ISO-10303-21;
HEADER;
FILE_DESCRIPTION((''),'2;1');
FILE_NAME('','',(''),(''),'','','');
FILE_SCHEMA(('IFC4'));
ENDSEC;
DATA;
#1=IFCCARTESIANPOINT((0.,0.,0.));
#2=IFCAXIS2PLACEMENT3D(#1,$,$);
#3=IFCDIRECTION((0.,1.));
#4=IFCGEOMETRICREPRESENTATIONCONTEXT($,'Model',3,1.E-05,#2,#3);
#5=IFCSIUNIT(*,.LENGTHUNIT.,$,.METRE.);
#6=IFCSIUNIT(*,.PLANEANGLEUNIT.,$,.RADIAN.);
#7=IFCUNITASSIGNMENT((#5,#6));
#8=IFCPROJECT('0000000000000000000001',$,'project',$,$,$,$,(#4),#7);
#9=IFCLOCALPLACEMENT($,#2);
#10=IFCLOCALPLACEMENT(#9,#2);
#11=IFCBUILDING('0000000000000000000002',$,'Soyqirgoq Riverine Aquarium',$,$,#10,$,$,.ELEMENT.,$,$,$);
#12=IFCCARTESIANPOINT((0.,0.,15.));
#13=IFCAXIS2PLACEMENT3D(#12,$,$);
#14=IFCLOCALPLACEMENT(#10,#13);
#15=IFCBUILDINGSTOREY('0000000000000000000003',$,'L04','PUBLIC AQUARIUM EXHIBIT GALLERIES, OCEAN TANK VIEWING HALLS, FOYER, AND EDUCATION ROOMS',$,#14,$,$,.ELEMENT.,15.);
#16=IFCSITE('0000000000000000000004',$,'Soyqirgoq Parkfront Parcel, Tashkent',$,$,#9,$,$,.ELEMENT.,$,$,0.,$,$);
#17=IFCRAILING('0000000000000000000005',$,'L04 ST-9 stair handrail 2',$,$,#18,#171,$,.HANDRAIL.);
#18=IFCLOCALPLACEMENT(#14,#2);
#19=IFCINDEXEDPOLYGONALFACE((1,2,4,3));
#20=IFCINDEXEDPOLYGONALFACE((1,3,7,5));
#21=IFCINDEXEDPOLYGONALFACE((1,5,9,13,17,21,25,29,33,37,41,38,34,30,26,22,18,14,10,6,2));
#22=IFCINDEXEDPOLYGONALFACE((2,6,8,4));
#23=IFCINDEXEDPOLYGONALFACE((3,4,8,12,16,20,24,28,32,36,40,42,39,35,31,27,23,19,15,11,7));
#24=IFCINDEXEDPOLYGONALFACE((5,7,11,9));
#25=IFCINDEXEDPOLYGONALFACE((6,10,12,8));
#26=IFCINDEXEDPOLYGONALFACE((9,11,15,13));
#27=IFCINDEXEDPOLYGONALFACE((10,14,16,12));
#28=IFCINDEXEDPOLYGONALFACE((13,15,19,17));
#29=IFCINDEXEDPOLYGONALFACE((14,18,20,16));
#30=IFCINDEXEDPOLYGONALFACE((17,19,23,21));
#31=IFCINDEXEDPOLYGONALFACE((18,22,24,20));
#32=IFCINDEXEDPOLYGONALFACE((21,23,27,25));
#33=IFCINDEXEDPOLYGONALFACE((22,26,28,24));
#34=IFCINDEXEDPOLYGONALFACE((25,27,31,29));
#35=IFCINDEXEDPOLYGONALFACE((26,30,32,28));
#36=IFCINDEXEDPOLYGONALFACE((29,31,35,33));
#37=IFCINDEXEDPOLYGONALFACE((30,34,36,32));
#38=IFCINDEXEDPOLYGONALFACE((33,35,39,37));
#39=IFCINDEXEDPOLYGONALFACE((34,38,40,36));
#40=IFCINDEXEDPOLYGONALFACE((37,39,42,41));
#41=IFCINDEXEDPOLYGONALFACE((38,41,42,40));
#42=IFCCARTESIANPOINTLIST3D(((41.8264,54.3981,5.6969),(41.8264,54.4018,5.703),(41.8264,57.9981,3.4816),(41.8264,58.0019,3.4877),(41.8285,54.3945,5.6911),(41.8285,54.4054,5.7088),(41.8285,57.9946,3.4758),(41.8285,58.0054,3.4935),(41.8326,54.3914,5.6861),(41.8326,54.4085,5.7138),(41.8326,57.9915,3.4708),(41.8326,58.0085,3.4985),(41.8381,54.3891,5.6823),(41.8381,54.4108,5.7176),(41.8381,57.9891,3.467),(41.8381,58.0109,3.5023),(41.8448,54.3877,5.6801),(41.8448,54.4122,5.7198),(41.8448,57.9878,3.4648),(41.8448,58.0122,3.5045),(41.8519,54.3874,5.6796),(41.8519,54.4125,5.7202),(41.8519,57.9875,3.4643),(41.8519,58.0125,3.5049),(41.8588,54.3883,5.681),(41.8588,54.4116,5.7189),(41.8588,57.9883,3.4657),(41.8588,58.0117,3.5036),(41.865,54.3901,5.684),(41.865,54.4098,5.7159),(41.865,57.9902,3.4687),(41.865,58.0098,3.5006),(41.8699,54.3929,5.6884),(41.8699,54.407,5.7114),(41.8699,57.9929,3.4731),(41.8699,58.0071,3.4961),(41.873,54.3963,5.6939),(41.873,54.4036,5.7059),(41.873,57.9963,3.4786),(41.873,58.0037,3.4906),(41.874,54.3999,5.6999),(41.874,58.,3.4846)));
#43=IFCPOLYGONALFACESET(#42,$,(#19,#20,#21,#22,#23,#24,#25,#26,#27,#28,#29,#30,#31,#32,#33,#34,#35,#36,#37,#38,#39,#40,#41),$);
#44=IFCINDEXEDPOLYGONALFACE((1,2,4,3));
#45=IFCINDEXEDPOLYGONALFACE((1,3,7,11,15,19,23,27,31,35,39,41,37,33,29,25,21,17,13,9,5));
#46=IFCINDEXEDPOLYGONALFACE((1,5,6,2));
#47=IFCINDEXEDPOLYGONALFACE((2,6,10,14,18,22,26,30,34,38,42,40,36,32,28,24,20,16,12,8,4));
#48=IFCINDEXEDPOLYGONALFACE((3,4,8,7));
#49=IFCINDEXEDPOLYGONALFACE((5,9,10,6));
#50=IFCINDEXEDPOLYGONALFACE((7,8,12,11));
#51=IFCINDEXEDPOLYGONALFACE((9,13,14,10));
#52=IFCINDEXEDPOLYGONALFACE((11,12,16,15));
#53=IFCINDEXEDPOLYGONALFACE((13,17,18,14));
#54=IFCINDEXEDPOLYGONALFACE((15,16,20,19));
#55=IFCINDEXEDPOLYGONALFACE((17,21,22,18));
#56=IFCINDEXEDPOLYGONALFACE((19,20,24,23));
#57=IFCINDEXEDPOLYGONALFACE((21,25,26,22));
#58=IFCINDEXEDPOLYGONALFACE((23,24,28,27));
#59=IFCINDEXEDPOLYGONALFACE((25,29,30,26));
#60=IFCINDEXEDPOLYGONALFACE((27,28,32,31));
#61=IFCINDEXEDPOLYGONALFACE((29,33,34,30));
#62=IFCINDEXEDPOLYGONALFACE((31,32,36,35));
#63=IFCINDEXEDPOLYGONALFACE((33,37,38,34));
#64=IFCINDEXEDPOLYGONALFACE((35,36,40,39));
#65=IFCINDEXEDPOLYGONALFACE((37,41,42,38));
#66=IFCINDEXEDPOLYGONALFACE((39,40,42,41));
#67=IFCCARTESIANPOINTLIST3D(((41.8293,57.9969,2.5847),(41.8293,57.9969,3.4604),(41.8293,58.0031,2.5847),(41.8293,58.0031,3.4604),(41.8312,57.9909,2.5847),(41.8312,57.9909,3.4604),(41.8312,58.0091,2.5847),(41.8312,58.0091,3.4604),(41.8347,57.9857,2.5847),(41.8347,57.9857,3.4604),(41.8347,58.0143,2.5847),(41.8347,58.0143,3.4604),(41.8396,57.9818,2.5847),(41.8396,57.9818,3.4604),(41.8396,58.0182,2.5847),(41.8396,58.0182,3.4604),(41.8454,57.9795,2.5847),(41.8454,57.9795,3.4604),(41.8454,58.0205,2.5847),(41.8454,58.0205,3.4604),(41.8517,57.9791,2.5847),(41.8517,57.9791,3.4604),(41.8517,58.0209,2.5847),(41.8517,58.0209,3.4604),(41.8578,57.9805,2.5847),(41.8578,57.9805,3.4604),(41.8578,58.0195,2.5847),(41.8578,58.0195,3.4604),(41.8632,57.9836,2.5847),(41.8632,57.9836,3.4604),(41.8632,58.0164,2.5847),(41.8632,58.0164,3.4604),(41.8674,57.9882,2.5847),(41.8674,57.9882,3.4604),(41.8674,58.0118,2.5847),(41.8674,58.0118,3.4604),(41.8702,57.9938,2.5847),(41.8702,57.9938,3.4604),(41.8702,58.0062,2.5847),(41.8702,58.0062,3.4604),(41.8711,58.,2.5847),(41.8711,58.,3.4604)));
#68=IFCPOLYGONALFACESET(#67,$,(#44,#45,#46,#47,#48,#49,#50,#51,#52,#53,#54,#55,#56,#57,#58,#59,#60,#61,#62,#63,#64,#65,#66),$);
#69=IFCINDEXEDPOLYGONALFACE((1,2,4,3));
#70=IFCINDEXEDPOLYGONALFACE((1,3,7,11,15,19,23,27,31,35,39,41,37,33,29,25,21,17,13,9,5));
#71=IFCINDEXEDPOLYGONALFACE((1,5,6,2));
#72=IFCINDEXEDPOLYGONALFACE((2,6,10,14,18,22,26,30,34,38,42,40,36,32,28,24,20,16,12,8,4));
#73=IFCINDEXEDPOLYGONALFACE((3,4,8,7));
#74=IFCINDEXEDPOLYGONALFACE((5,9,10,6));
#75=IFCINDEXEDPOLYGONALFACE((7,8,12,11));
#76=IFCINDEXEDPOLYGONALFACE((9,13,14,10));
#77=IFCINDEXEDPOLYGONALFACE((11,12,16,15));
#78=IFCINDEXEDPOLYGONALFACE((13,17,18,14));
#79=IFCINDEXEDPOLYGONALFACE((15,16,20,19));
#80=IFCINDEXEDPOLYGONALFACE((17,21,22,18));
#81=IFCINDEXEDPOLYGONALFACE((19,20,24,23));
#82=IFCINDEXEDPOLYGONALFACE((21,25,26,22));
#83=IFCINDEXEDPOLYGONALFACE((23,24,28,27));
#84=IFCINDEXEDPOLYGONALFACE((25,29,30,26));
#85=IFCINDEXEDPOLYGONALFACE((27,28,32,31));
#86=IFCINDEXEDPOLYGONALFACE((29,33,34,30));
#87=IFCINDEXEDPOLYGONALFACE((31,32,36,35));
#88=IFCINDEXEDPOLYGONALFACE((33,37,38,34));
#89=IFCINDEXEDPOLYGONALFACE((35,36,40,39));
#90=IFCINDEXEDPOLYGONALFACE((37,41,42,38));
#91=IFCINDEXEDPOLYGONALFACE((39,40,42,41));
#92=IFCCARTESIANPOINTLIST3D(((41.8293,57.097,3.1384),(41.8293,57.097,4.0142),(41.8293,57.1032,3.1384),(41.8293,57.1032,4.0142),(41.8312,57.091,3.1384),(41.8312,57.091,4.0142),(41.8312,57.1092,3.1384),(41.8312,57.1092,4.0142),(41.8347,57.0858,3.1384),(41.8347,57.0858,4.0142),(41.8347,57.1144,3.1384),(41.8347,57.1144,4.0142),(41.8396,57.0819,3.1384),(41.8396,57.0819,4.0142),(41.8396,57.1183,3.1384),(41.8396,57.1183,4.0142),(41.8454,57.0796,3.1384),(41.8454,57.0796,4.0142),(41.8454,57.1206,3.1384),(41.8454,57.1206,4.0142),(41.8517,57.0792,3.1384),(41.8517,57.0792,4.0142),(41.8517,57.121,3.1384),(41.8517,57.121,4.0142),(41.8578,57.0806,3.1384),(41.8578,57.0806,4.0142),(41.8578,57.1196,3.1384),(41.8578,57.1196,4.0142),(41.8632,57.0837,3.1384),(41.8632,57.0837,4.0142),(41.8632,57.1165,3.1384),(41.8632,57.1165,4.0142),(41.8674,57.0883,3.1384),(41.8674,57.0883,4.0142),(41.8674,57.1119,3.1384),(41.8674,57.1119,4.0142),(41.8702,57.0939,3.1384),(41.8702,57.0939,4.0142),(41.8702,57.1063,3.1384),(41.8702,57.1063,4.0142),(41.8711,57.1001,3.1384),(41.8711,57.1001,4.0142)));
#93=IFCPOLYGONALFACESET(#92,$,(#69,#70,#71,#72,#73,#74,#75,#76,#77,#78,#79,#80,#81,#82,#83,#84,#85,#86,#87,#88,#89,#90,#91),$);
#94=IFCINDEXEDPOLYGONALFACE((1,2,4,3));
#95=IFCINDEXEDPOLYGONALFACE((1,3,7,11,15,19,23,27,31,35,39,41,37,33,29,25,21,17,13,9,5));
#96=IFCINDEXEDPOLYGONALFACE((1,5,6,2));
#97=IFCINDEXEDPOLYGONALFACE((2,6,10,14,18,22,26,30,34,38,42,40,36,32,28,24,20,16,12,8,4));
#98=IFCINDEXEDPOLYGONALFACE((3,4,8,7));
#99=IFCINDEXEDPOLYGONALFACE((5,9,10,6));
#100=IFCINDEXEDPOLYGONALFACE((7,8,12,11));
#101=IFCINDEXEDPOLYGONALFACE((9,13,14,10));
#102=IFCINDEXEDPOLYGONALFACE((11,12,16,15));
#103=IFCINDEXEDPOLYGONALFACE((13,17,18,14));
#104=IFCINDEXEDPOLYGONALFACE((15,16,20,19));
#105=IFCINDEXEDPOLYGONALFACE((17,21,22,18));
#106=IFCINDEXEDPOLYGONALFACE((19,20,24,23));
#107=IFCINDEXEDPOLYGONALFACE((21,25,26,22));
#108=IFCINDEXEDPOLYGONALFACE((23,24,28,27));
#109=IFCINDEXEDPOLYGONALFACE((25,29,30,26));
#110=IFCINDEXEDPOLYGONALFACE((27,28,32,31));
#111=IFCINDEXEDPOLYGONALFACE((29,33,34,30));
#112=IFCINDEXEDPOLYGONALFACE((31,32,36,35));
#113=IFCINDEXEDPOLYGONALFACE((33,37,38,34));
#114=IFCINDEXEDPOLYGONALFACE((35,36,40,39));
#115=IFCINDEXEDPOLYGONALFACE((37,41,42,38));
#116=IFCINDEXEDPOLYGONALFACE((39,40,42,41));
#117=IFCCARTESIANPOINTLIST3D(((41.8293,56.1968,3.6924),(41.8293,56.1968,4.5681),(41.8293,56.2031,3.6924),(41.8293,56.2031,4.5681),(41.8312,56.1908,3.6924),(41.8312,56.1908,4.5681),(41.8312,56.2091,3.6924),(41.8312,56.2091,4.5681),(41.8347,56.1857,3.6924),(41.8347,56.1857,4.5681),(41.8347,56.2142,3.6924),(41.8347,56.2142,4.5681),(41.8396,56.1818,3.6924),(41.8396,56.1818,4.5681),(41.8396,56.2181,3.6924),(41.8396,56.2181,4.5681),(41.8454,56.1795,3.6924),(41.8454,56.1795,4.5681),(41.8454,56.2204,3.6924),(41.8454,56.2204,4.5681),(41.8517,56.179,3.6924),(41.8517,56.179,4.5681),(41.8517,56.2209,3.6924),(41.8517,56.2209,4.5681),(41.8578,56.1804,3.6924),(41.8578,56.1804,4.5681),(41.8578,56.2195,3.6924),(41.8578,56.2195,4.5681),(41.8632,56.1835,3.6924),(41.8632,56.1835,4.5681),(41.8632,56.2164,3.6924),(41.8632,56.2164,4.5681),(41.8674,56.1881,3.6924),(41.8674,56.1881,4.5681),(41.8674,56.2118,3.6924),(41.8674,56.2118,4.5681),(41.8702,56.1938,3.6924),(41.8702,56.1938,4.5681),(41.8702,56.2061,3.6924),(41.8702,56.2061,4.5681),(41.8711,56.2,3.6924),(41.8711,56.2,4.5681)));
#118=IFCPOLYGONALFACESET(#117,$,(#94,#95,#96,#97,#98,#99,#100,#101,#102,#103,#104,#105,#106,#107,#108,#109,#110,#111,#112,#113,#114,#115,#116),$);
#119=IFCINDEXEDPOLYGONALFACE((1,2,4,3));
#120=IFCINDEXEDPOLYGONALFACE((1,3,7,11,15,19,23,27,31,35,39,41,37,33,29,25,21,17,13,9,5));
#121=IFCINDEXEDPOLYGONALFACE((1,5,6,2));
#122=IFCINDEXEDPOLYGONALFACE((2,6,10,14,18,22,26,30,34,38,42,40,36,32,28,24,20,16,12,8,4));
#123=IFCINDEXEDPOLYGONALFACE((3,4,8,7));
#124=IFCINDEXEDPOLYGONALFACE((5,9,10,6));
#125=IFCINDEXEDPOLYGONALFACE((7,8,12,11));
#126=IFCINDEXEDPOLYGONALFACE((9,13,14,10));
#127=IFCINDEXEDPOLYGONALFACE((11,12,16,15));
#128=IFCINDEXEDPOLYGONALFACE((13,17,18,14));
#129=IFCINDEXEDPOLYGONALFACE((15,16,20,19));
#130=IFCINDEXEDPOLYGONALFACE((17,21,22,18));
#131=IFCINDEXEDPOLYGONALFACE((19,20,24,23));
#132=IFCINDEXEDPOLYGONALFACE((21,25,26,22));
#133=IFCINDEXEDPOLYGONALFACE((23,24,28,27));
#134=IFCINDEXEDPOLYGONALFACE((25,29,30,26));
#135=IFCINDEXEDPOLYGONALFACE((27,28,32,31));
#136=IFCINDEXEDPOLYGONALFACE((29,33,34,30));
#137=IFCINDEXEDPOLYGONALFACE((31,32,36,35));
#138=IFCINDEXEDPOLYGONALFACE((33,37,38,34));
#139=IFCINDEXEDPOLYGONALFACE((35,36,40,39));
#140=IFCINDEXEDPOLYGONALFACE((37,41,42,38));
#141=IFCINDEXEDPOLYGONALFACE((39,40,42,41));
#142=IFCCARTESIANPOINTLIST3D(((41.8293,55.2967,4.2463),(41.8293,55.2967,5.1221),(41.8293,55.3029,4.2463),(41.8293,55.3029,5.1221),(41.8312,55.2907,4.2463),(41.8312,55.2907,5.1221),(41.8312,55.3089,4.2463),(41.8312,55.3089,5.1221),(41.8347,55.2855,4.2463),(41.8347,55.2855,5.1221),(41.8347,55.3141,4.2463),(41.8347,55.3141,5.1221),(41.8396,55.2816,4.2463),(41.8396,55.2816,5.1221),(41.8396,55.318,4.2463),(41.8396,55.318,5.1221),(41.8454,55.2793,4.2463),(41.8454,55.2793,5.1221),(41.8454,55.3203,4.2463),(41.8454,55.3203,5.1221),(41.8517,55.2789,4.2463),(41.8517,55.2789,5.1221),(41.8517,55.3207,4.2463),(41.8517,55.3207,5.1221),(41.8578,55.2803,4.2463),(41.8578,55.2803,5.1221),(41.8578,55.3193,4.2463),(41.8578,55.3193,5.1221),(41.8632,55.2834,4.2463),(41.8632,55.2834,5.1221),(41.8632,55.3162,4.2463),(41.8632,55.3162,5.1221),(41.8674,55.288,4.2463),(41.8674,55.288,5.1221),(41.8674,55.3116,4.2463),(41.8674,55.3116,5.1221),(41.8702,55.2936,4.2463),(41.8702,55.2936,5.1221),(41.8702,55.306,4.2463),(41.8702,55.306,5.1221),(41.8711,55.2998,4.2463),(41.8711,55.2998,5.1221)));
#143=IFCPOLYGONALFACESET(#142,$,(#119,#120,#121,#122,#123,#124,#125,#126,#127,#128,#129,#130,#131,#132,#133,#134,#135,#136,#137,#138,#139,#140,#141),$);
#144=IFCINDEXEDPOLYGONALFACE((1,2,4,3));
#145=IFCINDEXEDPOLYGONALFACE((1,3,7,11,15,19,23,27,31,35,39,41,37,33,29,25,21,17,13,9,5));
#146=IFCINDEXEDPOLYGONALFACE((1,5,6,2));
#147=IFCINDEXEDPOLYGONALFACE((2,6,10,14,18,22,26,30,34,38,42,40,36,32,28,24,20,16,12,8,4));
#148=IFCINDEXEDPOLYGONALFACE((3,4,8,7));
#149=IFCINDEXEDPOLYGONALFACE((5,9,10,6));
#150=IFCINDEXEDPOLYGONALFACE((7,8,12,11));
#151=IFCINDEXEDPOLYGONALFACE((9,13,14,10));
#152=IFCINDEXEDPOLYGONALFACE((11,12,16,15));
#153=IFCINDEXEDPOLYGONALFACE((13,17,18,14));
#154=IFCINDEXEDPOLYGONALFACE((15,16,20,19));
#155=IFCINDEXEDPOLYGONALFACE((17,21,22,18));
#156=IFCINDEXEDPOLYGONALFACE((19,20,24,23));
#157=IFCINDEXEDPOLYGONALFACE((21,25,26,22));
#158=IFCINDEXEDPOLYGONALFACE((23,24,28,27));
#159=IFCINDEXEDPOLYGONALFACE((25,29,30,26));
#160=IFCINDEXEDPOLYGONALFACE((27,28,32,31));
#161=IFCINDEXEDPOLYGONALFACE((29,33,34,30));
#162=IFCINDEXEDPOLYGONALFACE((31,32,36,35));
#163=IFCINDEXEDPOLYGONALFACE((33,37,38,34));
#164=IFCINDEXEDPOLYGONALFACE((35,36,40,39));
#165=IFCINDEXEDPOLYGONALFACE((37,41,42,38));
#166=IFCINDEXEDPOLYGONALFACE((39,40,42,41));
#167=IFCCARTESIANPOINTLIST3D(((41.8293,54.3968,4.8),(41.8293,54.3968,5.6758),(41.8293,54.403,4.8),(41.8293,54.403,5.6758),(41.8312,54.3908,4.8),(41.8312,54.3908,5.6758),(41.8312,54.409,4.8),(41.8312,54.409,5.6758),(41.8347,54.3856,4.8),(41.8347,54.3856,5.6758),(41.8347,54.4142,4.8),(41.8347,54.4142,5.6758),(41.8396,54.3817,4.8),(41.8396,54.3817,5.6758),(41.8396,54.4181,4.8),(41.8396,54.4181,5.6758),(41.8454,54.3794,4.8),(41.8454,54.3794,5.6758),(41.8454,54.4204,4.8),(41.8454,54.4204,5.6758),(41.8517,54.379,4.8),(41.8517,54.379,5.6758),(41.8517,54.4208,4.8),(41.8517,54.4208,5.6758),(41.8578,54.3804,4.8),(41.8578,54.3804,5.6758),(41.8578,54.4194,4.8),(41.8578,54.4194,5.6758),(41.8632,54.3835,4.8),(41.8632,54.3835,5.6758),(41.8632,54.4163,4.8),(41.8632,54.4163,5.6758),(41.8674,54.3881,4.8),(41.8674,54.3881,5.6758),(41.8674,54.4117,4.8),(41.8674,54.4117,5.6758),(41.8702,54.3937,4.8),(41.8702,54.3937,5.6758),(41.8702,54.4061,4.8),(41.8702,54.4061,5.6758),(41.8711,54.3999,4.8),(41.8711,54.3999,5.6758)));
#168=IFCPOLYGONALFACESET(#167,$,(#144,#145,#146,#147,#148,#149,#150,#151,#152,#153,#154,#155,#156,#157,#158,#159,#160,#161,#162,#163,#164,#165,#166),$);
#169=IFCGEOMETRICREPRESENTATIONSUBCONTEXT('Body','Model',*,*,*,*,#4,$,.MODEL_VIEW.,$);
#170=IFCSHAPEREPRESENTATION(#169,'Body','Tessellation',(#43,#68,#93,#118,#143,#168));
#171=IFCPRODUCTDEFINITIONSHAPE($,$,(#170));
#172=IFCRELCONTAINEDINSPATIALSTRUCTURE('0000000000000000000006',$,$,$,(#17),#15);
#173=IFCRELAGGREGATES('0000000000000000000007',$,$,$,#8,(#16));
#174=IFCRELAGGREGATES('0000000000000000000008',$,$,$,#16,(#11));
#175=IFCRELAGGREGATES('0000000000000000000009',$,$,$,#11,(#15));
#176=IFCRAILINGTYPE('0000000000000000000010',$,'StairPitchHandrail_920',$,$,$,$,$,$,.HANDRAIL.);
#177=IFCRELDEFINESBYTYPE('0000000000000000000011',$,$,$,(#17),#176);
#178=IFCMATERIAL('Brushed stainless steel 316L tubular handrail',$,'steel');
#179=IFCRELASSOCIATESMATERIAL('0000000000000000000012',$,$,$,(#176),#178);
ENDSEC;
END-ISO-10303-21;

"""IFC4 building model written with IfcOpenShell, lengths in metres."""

from ifc_helpers import new_model, si_unit, direction, frame, origin, origin_2d, place, context, subcontext, project, spatial, circle, extrude, material, type_object, element, save


model = new_model("IFC4")

# Units and contexts
model_context = context("Model", 3, precision=1e-05, world=origin(), true_north=direction((0.0, 1.0)))
body_context = subcontext(model_context, "Body", "Model", "MODEL_VIEW")
ifc_project = project(units=[si_unit("LENGTHUNIT", "METRE"), si_unit("PLANEANGLEUNIT", "RADIAN")], contexts=[model_context])

# Site, building, storey
site_placement = place(None, origin())
site = spatial("IfcSite", under=ifc_project, at=site_placement, Name="Soyqirgoq Parkfront Parcel, Tashkent", CompositionType="ELEMENT", RefElevation=0.0)
building_placement = place(site_placement, origin())
building = spatial("IfcBuilding", under=site, at=building_placement, Name="Soyqirgoq Riverine Aquarium", CompositionType="ELEMENT")
storey_placement = place(building_placement, frame((0.0, 0.0, 15.0)))
storey = spatial("IfcBuildingStorey", under=building, at=storey_placement, Name="L04", Description="PUBLIC AQUARIUM EXHIBIT GALLERIES, OCEAN TANK VIEWING HALLS, FOYER, AND EDUCATION ROOMS", CompositionType="ELEMENT", Elevation=15.0)

# Railing
ifc_material_1 = material(Name="Brushed stainless steel 316L tubular handrail", Category="steel")
railing_type_1 = type_object("IfcRailingType", Name="StairPitchHandrail_920", PredefinedType="HANDRAIL", material=ifc_material_1)
railing_1_placement = place(storey_placement, frame((41.8501, 58.0, 2.5847)))
element("IfcRailing", 1, at=railing_1_placement, inside=storey, type_object=railing_type_1, Name="L04 ST-9 stair handrail 2", PredefinedType="HANDRAIL", context=body_context, shape_type="SweptSolid", body=[
    extrude(circle(Radius=0.0239, at=origin_2d()), frame((0.0, 0.0, 0.8999), z_axis=(0.0, -0.85167, 0.524078), x_axis=(1.0, 0.0, 0.0)), (0.0, 0.0, 1.0), 4.2271),
    extrude(circle(Radius=0.021, at=origin_2d()), origin(), (0.0, 0.0, 1.0), 0.8757),
    extrude(circle(Radius=0.021, at=origin_2d()), frame((0.0, -0.8999, 0.5537)), (0.0, 0.0, 1.0), 0.8757),
    extrude(circle(Radius=0.021, at=origin_2d()), frame((0.0, -1.8, 1.1077)), (0.0, 0.0, 1.0), 0.8757),
    extrude(circle(Radius=0.021, at=origin_2d()), frame((0.0, -2.7002, 1.6616)), (0.0, 0.0, 1.0), 0.8757),
    extrude(circle(Radius=0.021, at=origin_2d()), frame((0.0, -3.6001, 2.2153)), (0.0, 0.0, 1.0), 0.8757),
])

save(model, "model.ifc")
